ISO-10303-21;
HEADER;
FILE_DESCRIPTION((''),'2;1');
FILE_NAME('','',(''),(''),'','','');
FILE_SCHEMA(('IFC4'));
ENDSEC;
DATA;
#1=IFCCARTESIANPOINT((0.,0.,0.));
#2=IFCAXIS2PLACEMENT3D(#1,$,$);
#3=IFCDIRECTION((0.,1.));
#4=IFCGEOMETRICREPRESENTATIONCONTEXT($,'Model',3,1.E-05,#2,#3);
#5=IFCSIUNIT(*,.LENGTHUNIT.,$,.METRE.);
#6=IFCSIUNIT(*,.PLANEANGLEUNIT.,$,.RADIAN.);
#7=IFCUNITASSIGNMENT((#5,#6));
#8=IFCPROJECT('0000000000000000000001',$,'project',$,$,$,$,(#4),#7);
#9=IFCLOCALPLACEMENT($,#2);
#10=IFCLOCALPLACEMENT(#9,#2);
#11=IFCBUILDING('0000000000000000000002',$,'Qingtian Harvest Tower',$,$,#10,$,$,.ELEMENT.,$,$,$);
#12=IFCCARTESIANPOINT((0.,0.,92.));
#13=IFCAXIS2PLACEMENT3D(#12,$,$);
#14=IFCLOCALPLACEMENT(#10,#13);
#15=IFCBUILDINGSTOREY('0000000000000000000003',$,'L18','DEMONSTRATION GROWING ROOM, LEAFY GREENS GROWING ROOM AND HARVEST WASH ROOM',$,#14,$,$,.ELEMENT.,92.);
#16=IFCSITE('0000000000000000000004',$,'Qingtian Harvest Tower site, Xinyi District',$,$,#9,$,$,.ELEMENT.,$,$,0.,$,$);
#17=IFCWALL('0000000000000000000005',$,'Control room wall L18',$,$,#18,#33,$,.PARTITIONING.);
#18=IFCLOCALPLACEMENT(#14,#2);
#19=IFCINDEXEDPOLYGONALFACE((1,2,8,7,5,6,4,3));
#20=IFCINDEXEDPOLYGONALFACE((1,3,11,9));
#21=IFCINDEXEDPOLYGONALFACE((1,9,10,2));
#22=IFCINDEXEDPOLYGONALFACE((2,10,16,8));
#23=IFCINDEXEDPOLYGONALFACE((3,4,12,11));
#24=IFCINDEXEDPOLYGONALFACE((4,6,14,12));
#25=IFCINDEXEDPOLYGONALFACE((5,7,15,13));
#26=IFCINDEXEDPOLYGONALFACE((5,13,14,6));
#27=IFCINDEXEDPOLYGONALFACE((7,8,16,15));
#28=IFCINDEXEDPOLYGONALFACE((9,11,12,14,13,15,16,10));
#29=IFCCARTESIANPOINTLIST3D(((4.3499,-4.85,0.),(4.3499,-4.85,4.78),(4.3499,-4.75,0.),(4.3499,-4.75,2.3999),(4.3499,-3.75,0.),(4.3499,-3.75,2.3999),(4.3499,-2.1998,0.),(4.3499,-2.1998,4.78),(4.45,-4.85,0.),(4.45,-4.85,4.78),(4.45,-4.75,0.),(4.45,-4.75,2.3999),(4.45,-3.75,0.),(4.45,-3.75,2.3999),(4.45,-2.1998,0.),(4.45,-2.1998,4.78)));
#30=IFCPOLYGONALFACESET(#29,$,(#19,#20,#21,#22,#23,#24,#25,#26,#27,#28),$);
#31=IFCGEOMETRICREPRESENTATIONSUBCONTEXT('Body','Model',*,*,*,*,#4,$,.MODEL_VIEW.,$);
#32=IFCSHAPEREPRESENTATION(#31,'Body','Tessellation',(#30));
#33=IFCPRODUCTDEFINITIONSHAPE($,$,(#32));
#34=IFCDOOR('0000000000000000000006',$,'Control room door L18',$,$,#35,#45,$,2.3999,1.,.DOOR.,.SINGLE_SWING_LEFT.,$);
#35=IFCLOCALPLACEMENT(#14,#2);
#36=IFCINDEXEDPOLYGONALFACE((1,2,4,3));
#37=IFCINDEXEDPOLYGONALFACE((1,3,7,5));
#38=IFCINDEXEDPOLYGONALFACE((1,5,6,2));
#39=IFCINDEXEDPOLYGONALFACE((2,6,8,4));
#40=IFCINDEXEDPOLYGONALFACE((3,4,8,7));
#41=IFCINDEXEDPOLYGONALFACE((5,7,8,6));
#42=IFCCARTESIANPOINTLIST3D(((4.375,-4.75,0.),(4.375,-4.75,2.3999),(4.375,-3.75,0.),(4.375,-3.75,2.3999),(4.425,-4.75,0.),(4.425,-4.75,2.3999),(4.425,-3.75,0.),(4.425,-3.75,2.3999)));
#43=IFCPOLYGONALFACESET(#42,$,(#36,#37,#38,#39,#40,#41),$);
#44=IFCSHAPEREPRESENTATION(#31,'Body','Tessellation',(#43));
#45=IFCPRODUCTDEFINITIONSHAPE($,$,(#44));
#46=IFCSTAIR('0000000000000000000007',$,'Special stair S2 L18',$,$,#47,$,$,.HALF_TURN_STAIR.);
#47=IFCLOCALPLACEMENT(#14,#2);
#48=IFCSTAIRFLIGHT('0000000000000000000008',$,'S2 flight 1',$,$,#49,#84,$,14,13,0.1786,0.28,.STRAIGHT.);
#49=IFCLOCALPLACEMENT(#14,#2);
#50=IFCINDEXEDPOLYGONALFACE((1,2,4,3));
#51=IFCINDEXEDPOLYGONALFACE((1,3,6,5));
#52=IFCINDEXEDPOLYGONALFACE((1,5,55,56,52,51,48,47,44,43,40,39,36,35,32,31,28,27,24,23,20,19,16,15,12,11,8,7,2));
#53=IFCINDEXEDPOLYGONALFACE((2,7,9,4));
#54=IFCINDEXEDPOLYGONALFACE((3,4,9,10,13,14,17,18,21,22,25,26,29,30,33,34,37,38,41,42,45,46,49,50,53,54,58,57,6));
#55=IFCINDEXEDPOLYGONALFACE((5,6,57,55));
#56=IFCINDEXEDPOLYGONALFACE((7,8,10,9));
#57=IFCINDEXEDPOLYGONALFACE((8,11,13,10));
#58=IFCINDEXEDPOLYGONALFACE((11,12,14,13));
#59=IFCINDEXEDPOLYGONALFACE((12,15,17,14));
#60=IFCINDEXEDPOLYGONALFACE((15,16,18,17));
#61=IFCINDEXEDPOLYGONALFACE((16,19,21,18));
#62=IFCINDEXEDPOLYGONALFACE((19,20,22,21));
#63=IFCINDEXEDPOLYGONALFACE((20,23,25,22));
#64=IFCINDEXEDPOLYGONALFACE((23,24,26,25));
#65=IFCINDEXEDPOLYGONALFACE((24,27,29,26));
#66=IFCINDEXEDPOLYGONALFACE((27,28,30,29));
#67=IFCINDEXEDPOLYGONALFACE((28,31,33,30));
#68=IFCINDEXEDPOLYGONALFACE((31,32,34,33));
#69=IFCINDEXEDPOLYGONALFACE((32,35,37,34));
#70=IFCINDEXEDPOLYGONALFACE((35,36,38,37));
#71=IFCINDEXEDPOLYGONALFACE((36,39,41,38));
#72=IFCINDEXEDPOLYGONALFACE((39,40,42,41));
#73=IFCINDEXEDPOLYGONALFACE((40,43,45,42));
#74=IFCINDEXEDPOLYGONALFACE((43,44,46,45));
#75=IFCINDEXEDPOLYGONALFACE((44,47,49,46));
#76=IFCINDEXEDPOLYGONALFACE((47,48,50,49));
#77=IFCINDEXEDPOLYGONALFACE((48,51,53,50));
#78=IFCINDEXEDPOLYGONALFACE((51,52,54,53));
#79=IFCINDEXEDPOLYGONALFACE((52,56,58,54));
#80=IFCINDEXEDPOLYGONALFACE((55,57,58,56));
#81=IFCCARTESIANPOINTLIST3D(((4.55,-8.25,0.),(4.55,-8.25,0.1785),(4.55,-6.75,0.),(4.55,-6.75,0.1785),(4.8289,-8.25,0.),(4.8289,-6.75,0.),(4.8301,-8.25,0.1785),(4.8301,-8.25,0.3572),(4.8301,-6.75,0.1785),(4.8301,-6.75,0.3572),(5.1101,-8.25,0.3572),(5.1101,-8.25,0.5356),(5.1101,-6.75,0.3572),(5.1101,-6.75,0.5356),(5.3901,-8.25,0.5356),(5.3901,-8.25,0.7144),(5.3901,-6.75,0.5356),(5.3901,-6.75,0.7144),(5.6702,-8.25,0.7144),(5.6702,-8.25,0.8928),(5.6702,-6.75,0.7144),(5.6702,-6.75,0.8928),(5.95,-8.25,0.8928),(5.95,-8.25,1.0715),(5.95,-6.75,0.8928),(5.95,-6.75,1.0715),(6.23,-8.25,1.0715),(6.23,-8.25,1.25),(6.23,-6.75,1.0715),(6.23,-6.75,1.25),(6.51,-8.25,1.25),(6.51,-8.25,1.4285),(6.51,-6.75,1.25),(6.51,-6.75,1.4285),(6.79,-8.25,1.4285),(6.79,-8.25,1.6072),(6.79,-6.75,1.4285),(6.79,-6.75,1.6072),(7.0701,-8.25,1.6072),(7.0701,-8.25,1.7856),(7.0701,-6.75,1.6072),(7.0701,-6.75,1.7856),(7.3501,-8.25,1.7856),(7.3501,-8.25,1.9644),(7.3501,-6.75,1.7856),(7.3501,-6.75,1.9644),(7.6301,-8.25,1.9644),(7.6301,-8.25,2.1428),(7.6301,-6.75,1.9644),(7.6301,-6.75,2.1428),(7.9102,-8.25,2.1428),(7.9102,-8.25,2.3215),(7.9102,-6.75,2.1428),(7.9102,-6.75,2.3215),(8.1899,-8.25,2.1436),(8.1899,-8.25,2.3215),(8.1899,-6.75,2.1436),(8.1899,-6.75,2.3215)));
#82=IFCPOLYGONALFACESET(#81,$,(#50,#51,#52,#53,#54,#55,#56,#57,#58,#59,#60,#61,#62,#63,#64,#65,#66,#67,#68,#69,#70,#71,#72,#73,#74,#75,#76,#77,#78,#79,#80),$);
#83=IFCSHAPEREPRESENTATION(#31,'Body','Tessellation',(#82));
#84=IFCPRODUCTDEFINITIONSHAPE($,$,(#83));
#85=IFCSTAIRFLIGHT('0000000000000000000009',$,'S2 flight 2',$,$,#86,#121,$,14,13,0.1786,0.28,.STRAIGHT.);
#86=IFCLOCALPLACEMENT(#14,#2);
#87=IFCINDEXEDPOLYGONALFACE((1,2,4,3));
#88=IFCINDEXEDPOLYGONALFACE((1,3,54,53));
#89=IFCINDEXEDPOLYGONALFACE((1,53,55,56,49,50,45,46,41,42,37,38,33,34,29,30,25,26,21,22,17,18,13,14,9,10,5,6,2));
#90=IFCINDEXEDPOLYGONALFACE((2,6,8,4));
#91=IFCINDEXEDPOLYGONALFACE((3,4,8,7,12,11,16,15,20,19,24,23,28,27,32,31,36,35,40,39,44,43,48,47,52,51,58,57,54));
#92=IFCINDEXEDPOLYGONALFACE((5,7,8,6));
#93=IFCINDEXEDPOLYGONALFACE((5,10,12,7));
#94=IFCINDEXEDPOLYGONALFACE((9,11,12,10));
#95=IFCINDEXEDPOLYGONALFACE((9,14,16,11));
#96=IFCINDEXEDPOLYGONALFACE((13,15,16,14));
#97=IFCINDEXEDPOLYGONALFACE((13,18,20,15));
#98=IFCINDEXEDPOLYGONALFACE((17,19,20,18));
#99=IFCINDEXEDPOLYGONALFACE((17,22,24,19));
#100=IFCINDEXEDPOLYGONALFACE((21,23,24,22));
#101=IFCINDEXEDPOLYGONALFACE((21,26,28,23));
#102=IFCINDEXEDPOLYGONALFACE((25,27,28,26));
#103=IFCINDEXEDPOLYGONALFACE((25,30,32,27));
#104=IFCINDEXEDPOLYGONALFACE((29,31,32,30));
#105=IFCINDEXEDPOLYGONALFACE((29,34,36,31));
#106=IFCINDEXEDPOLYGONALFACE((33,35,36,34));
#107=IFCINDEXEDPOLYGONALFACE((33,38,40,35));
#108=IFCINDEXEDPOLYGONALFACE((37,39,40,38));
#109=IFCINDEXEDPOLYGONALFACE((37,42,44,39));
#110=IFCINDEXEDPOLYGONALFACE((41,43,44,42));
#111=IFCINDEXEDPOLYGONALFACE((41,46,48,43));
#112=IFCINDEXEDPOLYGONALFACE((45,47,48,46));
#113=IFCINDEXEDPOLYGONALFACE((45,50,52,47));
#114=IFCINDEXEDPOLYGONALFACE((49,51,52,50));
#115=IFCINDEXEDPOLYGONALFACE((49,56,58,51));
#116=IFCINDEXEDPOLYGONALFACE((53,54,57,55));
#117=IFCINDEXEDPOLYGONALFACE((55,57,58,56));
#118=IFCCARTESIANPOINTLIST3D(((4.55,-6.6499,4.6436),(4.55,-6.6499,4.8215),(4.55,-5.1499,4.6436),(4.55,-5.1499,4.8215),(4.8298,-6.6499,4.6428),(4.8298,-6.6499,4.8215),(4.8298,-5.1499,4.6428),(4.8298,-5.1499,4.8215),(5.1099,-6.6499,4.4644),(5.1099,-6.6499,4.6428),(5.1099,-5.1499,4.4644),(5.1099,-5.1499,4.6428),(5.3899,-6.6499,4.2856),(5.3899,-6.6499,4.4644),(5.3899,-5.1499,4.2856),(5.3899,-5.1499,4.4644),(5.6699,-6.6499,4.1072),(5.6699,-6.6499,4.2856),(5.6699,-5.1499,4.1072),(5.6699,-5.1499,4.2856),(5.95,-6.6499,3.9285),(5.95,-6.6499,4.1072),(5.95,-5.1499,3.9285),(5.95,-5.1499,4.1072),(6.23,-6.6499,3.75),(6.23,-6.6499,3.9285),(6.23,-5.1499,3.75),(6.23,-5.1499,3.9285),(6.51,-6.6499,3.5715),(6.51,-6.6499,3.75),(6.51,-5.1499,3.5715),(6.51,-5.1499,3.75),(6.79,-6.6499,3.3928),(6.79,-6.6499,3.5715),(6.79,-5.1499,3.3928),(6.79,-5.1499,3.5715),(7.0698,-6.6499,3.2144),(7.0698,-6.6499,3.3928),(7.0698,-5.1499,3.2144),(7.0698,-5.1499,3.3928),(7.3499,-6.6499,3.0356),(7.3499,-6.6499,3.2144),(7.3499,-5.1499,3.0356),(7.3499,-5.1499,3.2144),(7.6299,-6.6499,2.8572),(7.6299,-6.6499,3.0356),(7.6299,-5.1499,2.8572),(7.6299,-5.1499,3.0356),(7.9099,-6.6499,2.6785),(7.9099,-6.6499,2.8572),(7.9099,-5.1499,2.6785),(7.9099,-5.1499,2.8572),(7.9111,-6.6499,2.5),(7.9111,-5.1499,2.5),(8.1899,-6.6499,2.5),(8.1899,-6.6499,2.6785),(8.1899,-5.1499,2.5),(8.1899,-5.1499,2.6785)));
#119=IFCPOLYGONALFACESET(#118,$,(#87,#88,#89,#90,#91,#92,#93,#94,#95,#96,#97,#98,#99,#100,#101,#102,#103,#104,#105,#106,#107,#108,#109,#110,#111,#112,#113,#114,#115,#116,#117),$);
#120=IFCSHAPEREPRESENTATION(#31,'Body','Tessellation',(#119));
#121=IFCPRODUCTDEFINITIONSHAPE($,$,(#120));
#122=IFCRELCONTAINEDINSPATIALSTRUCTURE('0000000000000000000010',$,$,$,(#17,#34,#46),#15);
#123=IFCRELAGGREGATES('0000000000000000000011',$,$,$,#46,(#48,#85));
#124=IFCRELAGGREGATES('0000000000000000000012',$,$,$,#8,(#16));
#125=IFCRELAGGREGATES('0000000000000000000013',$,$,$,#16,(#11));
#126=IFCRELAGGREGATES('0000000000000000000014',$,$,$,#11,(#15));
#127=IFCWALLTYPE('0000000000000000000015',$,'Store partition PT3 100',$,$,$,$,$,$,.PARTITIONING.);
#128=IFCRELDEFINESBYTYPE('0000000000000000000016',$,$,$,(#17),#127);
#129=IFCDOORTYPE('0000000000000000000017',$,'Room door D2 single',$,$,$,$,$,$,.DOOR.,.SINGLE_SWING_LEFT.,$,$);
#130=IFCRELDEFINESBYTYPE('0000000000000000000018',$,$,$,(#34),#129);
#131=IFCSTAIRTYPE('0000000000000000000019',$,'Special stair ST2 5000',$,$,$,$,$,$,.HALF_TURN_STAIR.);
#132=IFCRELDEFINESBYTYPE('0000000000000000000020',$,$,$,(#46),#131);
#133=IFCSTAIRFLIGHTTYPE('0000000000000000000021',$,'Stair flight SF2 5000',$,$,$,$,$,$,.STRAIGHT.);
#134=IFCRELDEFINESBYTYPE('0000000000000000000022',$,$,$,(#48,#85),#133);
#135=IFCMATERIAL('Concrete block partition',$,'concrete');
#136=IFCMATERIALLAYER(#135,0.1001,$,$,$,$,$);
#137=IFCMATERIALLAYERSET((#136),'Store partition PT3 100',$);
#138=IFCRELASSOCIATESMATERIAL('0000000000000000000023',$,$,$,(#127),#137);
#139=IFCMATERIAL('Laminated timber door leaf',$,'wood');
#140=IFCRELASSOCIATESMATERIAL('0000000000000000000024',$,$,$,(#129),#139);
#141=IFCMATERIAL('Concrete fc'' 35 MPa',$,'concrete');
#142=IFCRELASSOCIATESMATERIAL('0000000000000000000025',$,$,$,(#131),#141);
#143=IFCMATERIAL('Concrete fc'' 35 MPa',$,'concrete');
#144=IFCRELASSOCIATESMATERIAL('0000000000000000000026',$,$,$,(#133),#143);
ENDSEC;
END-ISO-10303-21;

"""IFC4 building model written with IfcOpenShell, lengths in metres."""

from ifc_helpers import new_model, si_unit, direction, frame, frame_2d, origin, place, context, subcontext, project, spatial, polyline, rectangle, outline, extrude, material, layer, layer_set, type_object, element, fill, aggregate, save


model = new_model("IFC4")

# Units and contexts
model_context = context("Model", 3, precision=1e-05, world=origin(), true_north=direction((0.0, 1.0)))
body_context = subcontext(model_context, "Body", "Model", "MODEL_VIEW")
ifc_project = project(units=[si_unit("LENGTHUNIT", "METRE"), si_unit("PLANEANGLEUNIT", "RADIAN")], contexts=[model_context])

# Site, building, storey
site_placement = place(None, origin())
site = spatial("IfcSite", under=ifc_project, at=site_placement, Name="Qingtian Harvest Tower site, Xinyi District", CompositionType="ELEMENT", RefElevation=0.0)
building_placement = place(site_placement, origin())
building = spatial("IfcBuilding", under=site, at=building_placement, Name="Qingtian Harvest Tower", CompositionType="ELEMENT")
storey_placement = place(building_placement, frame((0.0, 0.0, 92.0)))
storey = spatial("IfcBuildingStorey", under=building, at=storey_placement, Name="L18", Description="DEMONSTRATION GROWING ROOM, LEAFY GREENS GROWING ROOM AND HARVEST WASH ROOM", CompositionType="ELEMENT", Elevation=92.0)

# Wall, opening, door
ifc_material_1 = material(Name="Concrete block partition", Category="concrete")
ifc_layer_1 = layer(ifc_material_1, 0.1001)
ifc_layer_set_1 = layer_set([ifc_layer_1], Name="Store partition PT3 100")
wall_type_1 = type_object("IfcWallType", Name="Store partition PT3 100", PredefinedType="PARTITIONING", material=ifc_layer_set_1)
wall_1_placement = place(storey_placement, frame((4.3999, -4.8501, 0.0), z_axis=(0.0, 0.0, 1.0), x_axis=(0.0, 1.0, 0.0)))
wall_1 = element("IfcWall", 1, at=wall_1_placement, inside=storey, type_object=wall_type_1, Name="Control room wall L18", PredefinedType="PARTITIONING", context=body_context, shape_type="SweptSolid", body=[
    extrude(rectangle(XDim=2.6501, YDim=0.1001, at=frame_2d((1.3252, 0.0))), origin(), (0.0, 0.0, 1.0), 4.78),
])
opening_1_placement = place(wall_1_placement, frame((0.1001, 0.0, 0.0)))
opening_1 = element("IfcOpeningElement", 2, at=opening_1_placement, cuts=wall_1, PredefinedType="OPENING", context=body_context, shape_type="SweptSolid", body=[
    extrude(rectangle(XDim=1.0, YDim=2.3999, at=frame_2d((0.5, 1.2))), frame((0.0, 0.0601, 0.0), z_axis=(0.0, -1.0, 0.0), x_axis=(1.0, 0.0, 0.0)), (0.0, 0.0, 1.0), 0.1201),
])
ifc_material_2 = material(Name="Laminated timber door leaf", Category="wood")
door_type_1 = type_object("IfcDoorType", Name="Room door D2 single", OperationType="SINGLE_SWING_LEFT", PredefinedType="DOOR", material=ifc_material_2)
door_1_placement = place(opening_1_placement, origin())
door_1 = element("IfcDoor", 3, at=door_1_placement, inside=storey, type_object=door_type_1, Name="Control room door L18", OperationType="SINGLE_SWING_LEFT", OverallHeight=2.3999, OverallWidth=1.0, PredefinedType="DOOR", context=body_context, shape_type="SweptSolid", body=[
    extrude(rectangle(XDim=1.0, YDim=2.3999, at=frame_2d((0.5, 1.2))), frame((0.0, 0.0249, 0.0), z_axis=(0.0, -1.0, 0.0), x_axis=(1.0, 0.0, 0.0)), (0.0, 0.0, 1.0), 0.05),
])
fill(opening_1, door_1)

# Stair, stair flights
ifc_material_3 = material(Name="Concrete fc' 35 MPa", Category="concrete")
stair_type = type_object("IfcStairType", Name="Special stair ST2 5000", PredefinedType="HALF_TURN_STAIR", material=ifc_material_3)
stair_placement = place(storey_placement, origin())
stair = element("IfcStair", 4, at=stair_placement, inside=storey, type_object=stair_type, Name="Special stair S2 L18", PredefinedType="HALF_TURN_STAIR")
ifc_material_4 = material(Name="Concrete fc' 35 MPa", Category="concrete")
stair_flight_type = type_object("IfcStairFlightType", Name="Stair flight SF2 5000", PredefinedType="STRAIGHT", material=ifc_material_4)
stair_flight_1_placement = place(storey_placement, frame((4.55, -7.5, 0.0), z_axis=(0.0, 0.0, 1.0), x_axis=(1.0, 0.0, 0.0)))
stair_flight_1 = element("IfcStairFlight", 5, at=stair_flight_1_placement, type_object=stair_flight_type, Name="S2 flight 1", NumberOfRisers=14, NumberOfTreads=13, PredefinedType="STRAIGHT", RiserHeight=0.1786, TreadLength=0.28, context=body_context, shape_type="SweptSolid", body=[
    extrude(outline(polyline([(0.0, 0.0), (0.0, 0.1785), (0.28, 0.1785), (0.28, 0.3572), (0.5601, 0.3572), (0.5601, 0.5356), (0.8401, 0.5356), (0.8401, 0.7144), (1.1201, 0.7144), (1.1201, 0.8928), (1.3999, 0.8928), (1.3999, 1.0715), (1.6799, 1.0715), (1.6799, 1.25), (1.96, 1.25), (1.96, 1.4285), (2.24, 1.4285), (2.24, 1.6072), (2.52, 1.6072), (2.52, 1.7856), (2.8, 1.7856), (2.8, 1.9644), (3.0801, 1.9644), (3.0801, 2.1428), (3.3601, 2.1428), (3.3601, 2.3215), (3.6399, 2.3215), (3.6399, 2.5), (3.6399, 2.1436), (0.2788, 0.0), (0.0, 0.0)])), frame((0.0, 0.75, 0.0), z_axis=(0.0, -1.0, 0.0), x_axis=(1.0, 0.0, 0.0)), (0.0, 0.0, 1.0), 1.5),
])
stair_flight_2_placement = place(storey_placement, frame((8.1899, -5.8999, 2.5), z_axis=(0.0, 0.0, 1.0), x_axis=(-1.0, 0.0, 0.0)))
stair_flight_2 = element("IfcStairFlight", 6, at=stair_flight_2_placement, type_object=stair_flight_type, Name="S2 flight 2", NumberOfRisers=14, NumberOfTreads=13, PredefinedType="STRAIGHT", RiserHeight=0.1786, TreadLength=0.28, context=body_context, shape_type="SweptSolid", body=[
    extrude(outline(polyline([(0.0, 0.0), (0.0, 0.1785), (0.28, 0.1785), (0.28, 0.3572), (0.5601, 0.3572), (0.5601, 0.5356), (0.8401, 0.5356), (0.8401, 0.7144), (1.1201, 0.7144), (1.1201, 0.8928), (1.3999, 0.8928), (1.3999, 1.0715), (1.6799, 1.0715), (1.6799, 1.25), (1.96, 1.25), (1.96, 1.4285), (2.24, 1.4285), (2.24, 1.6072), (2.52, 1.6072), (2.52, 1.7856), (2.8, 1.7856), (2.8, 1.9644), (3.0801, 1.9644), (3.0801, 2.1428), (3.3601, 2.1428), (3.3601, 2.3215), (3.6399, 2.3215), (3.6399, 2.5), (3.6399, 2.1436), (0.2788, 0.0), (0.0, 0.0)])), frame((0.0, 0.75, 0.0), z_axis=(0.0, -1.0, 0.0), x_axis=(1.0, 0.0, 0.0)), (0.0, 0.0, 1.0), 1.5),
])
aggregate(stair, [stair_flight_1, stair_flight_2])

save(model, "model.ifc")
